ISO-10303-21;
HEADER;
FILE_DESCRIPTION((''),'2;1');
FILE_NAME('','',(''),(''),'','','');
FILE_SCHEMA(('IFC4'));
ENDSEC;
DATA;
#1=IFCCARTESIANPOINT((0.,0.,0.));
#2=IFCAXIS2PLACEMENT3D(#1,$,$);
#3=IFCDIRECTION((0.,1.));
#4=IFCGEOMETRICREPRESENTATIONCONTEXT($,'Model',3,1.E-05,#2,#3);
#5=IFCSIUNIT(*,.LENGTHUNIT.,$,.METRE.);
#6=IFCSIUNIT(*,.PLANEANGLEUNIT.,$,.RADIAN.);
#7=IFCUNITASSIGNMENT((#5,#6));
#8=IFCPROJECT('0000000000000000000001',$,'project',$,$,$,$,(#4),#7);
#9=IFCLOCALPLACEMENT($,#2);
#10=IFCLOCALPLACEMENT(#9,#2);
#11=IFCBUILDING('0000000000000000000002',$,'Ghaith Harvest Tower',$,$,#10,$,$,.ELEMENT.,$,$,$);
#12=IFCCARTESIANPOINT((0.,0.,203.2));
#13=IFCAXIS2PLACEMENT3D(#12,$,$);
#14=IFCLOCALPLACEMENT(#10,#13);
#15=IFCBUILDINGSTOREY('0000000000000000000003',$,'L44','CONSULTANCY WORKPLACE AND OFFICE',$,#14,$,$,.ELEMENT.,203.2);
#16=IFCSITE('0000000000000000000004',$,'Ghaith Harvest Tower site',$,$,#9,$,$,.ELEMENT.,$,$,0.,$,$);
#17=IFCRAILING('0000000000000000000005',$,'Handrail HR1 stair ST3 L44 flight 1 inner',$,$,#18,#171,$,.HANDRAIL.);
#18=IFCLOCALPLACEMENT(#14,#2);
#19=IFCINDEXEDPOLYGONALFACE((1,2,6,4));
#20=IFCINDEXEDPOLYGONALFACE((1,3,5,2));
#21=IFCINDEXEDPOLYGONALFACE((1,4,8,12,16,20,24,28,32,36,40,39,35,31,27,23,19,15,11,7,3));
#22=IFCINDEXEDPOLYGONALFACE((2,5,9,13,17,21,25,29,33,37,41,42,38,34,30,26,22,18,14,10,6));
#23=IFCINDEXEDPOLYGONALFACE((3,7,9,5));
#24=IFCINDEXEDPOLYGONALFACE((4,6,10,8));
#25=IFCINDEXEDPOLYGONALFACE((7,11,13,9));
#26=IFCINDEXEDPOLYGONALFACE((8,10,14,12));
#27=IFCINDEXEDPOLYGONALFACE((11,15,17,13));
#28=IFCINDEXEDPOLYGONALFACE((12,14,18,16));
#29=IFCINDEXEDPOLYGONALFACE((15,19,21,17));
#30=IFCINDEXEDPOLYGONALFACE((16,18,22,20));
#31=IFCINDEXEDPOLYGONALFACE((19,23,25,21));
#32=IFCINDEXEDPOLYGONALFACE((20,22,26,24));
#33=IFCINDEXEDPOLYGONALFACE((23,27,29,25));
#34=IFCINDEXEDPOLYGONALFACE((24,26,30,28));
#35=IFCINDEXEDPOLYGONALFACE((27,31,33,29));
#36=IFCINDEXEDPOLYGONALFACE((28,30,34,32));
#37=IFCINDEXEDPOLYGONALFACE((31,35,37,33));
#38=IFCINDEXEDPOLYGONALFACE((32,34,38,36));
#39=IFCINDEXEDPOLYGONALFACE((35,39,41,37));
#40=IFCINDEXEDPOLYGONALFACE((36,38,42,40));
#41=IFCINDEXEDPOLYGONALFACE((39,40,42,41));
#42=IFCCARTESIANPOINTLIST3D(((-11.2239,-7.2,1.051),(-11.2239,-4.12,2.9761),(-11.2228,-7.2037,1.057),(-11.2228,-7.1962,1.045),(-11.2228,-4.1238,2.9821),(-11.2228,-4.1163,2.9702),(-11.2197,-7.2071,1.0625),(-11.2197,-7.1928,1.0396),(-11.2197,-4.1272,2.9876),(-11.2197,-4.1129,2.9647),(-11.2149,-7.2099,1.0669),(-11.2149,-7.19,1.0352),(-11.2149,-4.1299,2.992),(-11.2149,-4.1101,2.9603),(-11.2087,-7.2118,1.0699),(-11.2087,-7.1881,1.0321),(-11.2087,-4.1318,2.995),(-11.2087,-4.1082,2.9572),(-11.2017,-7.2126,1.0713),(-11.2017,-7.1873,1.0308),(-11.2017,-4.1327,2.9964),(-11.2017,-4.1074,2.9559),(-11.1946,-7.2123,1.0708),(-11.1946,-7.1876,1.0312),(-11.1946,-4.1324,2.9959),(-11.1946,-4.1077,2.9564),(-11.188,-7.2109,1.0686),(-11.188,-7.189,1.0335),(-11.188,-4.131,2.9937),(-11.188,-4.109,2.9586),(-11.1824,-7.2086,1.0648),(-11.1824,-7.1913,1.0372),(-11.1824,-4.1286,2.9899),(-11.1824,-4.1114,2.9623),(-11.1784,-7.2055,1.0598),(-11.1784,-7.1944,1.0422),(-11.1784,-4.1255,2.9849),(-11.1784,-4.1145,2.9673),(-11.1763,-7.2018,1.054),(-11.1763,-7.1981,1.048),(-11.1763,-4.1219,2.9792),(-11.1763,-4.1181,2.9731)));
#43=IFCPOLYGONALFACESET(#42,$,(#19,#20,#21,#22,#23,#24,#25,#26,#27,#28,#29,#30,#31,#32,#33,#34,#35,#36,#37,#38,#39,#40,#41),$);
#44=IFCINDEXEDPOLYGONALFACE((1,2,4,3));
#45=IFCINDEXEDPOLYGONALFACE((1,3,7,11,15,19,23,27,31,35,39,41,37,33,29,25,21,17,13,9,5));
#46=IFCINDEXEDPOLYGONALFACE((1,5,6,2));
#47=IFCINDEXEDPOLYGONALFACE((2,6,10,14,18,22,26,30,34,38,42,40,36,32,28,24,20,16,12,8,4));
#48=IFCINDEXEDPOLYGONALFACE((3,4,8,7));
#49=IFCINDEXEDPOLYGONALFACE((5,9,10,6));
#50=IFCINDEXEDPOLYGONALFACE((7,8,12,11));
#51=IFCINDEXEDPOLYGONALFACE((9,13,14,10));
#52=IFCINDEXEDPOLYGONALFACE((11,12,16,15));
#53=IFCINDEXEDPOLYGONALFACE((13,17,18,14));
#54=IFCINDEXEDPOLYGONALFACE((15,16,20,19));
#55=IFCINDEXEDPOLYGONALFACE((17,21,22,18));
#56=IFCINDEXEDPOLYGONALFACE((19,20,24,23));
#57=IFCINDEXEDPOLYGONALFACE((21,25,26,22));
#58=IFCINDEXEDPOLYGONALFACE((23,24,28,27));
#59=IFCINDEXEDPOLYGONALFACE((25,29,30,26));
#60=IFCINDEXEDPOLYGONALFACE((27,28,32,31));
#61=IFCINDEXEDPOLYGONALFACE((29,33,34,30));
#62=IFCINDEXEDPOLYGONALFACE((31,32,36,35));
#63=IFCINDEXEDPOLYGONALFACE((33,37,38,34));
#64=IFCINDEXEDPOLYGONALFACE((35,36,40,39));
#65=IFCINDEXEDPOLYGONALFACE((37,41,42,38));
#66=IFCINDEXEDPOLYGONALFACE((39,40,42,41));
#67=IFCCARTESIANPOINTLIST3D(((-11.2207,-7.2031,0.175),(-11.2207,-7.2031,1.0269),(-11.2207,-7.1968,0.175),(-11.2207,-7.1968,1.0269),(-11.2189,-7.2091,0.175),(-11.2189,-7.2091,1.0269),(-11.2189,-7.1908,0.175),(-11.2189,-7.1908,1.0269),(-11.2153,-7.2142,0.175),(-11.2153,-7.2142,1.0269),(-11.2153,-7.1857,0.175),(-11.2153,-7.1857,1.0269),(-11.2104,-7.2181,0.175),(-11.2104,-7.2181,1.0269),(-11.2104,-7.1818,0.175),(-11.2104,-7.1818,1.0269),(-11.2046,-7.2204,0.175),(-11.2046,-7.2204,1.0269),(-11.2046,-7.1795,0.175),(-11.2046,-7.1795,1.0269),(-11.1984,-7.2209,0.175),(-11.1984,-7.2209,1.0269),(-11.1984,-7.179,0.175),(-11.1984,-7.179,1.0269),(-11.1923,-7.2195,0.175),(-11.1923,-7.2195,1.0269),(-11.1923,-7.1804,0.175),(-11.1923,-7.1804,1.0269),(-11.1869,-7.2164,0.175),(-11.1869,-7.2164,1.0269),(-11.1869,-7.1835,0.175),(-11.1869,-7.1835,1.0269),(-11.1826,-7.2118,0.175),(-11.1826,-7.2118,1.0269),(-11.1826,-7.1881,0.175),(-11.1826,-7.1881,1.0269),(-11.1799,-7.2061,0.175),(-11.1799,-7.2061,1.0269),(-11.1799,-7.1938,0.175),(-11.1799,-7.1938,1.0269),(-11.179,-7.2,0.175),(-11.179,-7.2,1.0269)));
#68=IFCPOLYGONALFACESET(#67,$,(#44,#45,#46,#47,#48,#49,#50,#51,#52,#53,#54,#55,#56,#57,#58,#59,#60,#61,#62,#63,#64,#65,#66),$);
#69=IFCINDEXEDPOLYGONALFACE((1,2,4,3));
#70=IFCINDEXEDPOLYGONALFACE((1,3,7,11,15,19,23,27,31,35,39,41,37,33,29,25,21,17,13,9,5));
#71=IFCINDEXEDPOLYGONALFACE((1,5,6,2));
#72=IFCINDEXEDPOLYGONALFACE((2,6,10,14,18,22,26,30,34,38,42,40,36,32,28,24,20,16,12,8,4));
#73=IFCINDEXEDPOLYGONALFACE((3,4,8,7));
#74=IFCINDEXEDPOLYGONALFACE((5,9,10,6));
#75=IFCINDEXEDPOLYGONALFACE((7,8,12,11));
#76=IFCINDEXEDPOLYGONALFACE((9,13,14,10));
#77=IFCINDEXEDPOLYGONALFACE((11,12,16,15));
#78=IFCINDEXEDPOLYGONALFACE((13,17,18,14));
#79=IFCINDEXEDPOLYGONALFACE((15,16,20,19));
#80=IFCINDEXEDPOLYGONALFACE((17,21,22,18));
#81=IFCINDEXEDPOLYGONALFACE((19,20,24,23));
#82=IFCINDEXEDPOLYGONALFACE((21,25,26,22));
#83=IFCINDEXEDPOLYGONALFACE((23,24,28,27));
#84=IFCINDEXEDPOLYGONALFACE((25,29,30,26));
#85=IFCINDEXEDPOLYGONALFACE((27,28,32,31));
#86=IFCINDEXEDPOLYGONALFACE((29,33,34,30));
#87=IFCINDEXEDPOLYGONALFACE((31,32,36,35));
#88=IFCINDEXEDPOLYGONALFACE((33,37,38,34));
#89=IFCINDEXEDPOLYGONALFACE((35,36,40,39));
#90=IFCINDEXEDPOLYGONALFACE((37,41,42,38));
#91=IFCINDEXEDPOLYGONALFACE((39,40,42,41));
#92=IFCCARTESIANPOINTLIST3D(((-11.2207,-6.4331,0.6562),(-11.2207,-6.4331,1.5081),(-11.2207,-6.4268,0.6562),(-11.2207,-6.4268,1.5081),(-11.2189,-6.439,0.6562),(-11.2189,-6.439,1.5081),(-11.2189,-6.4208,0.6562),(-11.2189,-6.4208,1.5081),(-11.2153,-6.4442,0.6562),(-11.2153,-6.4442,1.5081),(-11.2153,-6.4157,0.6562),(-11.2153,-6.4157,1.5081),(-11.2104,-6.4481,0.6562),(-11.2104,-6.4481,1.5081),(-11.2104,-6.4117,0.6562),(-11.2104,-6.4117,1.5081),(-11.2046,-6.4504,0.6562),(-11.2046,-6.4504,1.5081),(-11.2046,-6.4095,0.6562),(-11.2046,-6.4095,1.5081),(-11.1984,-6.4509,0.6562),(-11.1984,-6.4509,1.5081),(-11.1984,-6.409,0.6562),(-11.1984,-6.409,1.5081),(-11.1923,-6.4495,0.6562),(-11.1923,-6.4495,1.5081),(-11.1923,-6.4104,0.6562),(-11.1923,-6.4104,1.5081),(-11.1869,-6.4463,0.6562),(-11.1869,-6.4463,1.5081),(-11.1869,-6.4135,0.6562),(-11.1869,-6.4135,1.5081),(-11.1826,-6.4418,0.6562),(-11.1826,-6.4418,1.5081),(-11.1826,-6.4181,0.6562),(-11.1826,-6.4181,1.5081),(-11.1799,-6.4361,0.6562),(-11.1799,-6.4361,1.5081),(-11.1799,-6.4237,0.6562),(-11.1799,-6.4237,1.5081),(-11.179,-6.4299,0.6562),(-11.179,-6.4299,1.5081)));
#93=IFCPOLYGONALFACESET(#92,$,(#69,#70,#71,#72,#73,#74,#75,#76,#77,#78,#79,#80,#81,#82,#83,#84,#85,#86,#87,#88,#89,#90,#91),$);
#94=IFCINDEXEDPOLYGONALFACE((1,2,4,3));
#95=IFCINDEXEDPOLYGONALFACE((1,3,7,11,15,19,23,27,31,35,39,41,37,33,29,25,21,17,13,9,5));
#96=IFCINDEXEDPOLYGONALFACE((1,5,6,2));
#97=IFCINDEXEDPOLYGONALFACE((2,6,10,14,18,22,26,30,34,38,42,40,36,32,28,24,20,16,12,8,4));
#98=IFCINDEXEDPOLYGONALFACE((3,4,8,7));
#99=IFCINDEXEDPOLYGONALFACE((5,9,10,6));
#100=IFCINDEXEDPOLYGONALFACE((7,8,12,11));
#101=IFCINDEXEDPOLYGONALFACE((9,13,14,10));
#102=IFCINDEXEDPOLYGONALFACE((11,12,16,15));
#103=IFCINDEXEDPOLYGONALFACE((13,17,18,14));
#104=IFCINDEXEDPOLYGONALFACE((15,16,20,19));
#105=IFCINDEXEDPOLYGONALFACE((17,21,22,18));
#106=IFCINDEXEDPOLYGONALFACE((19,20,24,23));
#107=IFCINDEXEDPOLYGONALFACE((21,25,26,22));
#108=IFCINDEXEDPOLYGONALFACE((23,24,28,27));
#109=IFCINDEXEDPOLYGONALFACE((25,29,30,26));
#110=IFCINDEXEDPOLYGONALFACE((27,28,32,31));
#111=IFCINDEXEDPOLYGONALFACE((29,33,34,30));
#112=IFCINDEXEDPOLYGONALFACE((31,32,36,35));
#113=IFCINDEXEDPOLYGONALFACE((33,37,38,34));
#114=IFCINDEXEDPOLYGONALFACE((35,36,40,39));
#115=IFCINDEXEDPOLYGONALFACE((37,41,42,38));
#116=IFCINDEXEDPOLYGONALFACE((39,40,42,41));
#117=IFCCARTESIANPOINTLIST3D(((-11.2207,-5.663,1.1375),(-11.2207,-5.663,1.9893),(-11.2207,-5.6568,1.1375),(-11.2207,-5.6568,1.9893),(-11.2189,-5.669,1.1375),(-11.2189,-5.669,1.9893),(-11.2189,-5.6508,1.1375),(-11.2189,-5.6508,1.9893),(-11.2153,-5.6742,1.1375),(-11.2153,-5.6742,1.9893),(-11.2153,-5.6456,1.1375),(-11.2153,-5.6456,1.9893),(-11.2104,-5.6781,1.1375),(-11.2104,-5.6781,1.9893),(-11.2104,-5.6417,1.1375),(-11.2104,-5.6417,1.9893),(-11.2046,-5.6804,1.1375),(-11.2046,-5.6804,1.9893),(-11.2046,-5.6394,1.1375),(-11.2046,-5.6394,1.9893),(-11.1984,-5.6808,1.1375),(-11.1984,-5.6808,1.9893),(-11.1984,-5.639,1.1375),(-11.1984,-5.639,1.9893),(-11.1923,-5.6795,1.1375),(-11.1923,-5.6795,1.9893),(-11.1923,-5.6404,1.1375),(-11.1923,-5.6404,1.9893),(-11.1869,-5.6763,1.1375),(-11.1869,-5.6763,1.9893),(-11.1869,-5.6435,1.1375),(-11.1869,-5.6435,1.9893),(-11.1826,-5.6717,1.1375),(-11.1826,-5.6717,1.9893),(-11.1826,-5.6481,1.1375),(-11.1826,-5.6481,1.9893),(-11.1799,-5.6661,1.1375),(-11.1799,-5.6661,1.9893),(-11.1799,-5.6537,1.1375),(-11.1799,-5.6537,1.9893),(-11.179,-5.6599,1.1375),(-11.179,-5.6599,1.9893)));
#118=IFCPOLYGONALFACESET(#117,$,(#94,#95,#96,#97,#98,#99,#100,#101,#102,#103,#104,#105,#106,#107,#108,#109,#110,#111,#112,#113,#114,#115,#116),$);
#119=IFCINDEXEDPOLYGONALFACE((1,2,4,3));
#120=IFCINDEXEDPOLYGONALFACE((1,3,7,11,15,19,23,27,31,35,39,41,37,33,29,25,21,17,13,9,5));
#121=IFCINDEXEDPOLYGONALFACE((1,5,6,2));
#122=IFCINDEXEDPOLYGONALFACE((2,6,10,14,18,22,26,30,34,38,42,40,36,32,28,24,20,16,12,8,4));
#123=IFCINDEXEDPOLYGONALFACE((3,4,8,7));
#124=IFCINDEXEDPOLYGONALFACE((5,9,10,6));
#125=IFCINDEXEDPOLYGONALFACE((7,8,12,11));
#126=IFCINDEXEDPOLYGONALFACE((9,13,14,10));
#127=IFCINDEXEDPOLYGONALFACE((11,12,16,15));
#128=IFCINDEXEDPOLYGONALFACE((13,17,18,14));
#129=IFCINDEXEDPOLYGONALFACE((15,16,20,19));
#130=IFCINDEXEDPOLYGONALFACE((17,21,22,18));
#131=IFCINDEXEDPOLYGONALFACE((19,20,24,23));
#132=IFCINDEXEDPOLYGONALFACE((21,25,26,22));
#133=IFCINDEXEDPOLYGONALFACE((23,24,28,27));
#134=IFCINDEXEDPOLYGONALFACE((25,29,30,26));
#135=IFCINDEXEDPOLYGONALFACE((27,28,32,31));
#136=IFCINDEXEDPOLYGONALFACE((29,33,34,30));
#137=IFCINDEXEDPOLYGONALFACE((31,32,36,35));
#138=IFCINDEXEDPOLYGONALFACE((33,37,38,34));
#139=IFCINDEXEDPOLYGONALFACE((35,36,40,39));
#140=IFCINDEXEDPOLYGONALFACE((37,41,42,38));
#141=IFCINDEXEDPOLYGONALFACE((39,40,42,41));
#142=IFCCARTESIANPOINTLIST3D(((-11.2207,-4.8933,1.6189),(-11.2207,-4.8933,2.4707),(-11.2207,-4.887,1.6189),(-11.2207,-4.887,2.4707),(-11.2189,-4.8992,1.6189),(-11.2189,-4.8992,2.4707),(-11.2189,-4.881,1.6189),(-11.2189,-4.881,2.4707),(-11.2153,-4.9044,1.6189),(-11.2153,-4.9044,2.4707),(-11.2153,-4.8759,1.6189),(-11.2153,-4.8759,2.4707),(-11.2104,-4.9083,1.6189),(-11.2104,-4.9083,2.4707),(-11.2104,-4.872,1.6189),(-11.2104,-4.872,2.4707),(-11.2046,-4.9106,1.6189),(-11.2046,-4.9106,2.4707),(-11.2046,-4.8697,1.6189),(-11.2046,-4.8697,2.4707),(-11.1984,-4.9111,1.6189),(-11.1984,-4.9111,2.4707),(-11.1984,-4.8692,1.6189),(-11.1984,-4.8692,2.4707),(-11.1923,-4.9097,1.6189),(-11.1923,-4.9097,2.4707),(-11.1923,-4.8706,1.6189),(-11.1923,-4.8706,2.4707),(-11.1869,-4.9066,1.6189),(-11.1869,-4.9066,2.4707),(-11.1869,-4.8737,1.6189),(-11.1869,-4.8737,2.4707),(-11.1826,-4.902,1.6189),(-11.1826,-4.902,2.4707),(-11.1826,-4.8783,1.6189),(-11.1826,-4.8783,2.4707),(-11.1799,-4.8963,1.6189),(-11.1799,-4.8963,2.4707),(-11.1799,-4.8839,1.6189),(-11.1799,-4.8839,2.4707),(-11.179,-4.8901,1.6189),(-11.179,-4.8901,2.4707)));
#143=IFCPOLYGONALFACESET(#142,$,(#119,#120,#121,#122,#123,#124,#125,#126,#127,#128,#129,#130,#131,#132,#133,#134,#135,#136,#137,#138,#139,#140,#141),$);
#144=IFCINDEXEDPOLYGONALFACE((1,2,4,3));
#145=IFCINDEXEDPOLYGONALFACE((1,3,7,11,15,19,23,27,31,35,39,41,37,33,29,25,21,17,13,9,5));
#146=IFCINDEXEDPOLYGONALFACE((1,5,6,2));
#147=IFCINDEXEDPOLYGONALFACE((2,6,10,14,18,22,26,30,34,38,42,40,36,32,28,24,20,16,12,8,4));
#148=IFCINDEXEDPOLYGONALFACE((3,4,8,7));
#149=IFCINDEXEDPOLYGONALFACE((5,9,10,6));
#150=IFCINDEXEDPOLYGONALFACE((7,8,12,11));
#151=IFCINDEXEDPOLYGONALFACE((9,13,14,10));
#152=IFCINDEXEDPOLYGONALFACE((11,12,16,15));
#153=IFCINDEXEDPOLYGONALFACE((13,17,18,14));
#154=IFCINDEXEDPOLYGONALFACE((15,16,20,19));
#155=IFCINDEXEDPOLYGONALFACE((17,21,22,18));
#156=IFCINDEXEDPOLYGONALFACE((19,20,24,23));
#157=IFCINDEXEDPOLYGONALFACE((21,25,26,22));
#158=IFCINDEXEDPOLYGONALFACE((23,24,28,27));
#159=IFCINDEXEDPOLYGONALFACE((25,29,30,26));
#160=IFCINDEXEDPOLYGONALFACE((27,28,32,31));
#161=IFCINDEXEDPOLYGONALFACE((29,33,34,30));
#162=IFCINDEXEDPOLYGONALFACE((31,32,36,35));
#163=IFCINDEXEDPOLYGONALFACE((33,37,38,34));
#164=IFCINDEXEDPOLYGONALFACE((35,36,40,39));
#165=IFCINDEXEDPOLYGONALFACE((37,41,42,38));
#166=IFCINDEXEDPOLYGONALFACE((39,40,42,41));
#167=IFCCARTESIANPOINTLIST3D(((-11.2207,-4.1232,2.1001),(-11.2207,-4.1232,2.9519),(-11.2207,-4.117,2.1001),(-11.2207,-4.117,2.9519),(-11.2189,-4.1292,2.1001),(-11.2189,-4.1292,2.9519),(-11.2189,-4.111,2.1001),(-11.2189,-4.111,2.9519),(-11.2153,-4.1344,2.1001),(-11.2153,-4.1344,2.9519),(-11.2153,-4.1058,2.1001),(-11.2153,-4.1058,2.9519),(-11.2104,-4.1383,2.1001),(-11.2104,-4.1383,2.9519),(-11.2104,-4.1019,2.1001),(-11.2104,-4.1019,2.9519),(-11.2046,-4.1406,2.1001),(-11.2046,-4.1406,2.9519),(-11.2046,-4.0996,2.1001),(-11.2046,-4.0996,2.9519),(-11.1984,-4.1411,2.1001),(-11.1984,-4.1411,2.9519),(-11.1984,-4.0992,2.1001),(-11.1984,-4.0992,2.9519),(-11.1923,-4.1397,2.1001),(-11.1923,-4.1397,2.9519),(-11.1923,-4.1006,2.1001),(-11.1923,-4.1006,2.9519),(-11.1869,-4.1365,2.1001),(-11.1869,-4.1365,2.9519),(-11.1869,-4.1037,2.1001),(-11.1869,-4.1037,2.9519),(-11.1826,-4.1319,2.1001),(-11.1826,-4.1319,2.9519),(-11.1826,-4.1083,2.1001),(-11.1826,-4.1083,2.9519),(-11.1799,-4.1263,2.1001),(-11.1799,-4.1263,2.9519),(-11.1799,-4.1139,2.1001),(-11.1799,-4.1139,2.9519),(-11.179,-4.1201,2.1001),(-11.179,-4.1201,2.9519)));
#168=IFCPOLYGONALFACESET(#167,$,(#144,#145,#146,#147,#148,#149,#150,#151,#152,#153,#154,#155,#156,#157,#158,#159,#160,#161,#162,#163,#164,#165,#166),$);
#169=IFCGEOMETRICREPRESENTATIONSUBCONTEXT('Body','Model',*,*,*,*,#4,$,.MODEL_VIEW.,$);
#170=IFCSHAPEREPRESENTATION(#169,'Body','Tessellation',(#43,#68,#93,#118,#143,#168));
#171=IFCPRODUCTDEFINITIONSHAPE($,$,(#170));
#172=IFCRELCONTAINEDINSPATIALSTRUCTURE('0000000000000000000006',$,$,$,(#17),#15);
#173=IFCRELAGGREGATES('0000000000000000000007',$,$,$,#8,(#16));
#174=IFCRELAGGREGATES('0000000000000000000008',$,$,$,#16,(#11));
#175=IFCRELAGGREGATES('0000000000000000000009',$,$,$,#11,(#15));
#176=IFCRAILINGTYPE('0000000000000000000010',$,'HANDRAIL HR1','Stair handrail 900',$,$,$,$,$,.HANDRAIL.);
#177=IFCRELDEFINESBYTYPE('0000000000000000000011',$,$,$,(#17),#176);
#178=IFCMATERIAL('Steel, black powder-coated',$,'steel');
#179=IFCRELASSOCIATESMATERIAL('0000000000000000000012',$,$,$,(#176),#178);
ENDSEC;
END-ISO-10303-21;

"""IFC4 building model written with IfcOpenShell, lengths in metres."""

from ifc_helpers import new_model, si_unit, direction, frame, origin, origin_2d, place, context, subcontext, project, spatial, circle, extrude, material, type_object, element, save


model = new_model("IFC4")

# Units and contexts
model_context = context("Model", 3, precision=1e-05, world=origin(), true_north=direction((0.0, 1.0)))
body_context = subcontext(model_context, "Body", "Model", "MODEL_VIEW")
ifc_project = project(units=[si_unit("LENGTHUNIT", "METRE"), si_unit("PLANEANGLEUNIT", "RADIAN")], contexts=[model_context])

# Site, building, storey
site_placement = place(None, origin())
site = spatial("IfcSite", under=ifc_project, at=site_placement, Name="Ghaith Harvest Tower site", CompositionType="ELEMENT", RefElevation=0.0)
building_placement = place(site_placement, origin())
building = spatial("IfcBuilding", under=site, at=building_placement, Name="Ghaith Harvest Tower", CompositionType="ELEMENT")
storey_placement = place(building_placement, frame((0.0, 0.0, 203.2)))
storey = spatial("IfcBuildingStorey", under=building, at=storey_placement, Name="L44", Description="CONSULTANCY WORKPLACE AND OFFICE", CompositionType="ELEMENT", Elevation=203.2)

# Railing
ifc_material_1 = material(Name="Steel, black powder-coated", Category="steel")
railing_type = type_object("IfcRailingType", Name="HANDRAIL HR1", Description="Stair handrail 900", PredefinedType="HANDRAIL", material=ifc_material_1)
railing_1_placement = place(storey_placement, frame((-11.2, -7.2, 0.175)))
element("IfcRailing", 1, at=railing_1_placement, inside=storey, type_object=railing_type, Name="Handrail HR1 stair ST3 L44 flight 1 inner", PredefinedType="HANDRAIL", context=body_context, shape_type="SweptSolid", body=[
    extrude(circle(Radius=0.0239, at=origin_2d()), frame((0.0, 0.0, 0.876), z_axis=(0.0, 0.847979, 0.530029), x_axis=(-1.0, 0.0, 0.0)), (0.0, 0.0, 1.0), 3.6321),
    extrude(circle(Radius=0.021, at=origin_2d()), origin(), (0.0, 0.0, 1.0), 0.8518),
    extrude(circle(Radius=0.021, at=origin_2d()), frame((0.0, 0.77, 0.4812)), (0.0, 0.0, 1.0), 0.8518),
    extrude(circle(Radius=0.021, at=origin_2d()), frame((0.0, 1.54, 0.9624)), (0.0, 0.0, 1.0), 0.8518),
    extrude(circle(Radius=0.021, at=origin_2d()), frame((0.0, 2.3098, 1.4438)), (0.0, 0.0, 1.0), 0.8518),
    extrude(circle(Radius=0.021, at=origin_2d()), frame((0.0, 3.0798, 1.925)), (0.0, 0.0, 1.0), 0.8518),
])

save(model, "model.ifc")
